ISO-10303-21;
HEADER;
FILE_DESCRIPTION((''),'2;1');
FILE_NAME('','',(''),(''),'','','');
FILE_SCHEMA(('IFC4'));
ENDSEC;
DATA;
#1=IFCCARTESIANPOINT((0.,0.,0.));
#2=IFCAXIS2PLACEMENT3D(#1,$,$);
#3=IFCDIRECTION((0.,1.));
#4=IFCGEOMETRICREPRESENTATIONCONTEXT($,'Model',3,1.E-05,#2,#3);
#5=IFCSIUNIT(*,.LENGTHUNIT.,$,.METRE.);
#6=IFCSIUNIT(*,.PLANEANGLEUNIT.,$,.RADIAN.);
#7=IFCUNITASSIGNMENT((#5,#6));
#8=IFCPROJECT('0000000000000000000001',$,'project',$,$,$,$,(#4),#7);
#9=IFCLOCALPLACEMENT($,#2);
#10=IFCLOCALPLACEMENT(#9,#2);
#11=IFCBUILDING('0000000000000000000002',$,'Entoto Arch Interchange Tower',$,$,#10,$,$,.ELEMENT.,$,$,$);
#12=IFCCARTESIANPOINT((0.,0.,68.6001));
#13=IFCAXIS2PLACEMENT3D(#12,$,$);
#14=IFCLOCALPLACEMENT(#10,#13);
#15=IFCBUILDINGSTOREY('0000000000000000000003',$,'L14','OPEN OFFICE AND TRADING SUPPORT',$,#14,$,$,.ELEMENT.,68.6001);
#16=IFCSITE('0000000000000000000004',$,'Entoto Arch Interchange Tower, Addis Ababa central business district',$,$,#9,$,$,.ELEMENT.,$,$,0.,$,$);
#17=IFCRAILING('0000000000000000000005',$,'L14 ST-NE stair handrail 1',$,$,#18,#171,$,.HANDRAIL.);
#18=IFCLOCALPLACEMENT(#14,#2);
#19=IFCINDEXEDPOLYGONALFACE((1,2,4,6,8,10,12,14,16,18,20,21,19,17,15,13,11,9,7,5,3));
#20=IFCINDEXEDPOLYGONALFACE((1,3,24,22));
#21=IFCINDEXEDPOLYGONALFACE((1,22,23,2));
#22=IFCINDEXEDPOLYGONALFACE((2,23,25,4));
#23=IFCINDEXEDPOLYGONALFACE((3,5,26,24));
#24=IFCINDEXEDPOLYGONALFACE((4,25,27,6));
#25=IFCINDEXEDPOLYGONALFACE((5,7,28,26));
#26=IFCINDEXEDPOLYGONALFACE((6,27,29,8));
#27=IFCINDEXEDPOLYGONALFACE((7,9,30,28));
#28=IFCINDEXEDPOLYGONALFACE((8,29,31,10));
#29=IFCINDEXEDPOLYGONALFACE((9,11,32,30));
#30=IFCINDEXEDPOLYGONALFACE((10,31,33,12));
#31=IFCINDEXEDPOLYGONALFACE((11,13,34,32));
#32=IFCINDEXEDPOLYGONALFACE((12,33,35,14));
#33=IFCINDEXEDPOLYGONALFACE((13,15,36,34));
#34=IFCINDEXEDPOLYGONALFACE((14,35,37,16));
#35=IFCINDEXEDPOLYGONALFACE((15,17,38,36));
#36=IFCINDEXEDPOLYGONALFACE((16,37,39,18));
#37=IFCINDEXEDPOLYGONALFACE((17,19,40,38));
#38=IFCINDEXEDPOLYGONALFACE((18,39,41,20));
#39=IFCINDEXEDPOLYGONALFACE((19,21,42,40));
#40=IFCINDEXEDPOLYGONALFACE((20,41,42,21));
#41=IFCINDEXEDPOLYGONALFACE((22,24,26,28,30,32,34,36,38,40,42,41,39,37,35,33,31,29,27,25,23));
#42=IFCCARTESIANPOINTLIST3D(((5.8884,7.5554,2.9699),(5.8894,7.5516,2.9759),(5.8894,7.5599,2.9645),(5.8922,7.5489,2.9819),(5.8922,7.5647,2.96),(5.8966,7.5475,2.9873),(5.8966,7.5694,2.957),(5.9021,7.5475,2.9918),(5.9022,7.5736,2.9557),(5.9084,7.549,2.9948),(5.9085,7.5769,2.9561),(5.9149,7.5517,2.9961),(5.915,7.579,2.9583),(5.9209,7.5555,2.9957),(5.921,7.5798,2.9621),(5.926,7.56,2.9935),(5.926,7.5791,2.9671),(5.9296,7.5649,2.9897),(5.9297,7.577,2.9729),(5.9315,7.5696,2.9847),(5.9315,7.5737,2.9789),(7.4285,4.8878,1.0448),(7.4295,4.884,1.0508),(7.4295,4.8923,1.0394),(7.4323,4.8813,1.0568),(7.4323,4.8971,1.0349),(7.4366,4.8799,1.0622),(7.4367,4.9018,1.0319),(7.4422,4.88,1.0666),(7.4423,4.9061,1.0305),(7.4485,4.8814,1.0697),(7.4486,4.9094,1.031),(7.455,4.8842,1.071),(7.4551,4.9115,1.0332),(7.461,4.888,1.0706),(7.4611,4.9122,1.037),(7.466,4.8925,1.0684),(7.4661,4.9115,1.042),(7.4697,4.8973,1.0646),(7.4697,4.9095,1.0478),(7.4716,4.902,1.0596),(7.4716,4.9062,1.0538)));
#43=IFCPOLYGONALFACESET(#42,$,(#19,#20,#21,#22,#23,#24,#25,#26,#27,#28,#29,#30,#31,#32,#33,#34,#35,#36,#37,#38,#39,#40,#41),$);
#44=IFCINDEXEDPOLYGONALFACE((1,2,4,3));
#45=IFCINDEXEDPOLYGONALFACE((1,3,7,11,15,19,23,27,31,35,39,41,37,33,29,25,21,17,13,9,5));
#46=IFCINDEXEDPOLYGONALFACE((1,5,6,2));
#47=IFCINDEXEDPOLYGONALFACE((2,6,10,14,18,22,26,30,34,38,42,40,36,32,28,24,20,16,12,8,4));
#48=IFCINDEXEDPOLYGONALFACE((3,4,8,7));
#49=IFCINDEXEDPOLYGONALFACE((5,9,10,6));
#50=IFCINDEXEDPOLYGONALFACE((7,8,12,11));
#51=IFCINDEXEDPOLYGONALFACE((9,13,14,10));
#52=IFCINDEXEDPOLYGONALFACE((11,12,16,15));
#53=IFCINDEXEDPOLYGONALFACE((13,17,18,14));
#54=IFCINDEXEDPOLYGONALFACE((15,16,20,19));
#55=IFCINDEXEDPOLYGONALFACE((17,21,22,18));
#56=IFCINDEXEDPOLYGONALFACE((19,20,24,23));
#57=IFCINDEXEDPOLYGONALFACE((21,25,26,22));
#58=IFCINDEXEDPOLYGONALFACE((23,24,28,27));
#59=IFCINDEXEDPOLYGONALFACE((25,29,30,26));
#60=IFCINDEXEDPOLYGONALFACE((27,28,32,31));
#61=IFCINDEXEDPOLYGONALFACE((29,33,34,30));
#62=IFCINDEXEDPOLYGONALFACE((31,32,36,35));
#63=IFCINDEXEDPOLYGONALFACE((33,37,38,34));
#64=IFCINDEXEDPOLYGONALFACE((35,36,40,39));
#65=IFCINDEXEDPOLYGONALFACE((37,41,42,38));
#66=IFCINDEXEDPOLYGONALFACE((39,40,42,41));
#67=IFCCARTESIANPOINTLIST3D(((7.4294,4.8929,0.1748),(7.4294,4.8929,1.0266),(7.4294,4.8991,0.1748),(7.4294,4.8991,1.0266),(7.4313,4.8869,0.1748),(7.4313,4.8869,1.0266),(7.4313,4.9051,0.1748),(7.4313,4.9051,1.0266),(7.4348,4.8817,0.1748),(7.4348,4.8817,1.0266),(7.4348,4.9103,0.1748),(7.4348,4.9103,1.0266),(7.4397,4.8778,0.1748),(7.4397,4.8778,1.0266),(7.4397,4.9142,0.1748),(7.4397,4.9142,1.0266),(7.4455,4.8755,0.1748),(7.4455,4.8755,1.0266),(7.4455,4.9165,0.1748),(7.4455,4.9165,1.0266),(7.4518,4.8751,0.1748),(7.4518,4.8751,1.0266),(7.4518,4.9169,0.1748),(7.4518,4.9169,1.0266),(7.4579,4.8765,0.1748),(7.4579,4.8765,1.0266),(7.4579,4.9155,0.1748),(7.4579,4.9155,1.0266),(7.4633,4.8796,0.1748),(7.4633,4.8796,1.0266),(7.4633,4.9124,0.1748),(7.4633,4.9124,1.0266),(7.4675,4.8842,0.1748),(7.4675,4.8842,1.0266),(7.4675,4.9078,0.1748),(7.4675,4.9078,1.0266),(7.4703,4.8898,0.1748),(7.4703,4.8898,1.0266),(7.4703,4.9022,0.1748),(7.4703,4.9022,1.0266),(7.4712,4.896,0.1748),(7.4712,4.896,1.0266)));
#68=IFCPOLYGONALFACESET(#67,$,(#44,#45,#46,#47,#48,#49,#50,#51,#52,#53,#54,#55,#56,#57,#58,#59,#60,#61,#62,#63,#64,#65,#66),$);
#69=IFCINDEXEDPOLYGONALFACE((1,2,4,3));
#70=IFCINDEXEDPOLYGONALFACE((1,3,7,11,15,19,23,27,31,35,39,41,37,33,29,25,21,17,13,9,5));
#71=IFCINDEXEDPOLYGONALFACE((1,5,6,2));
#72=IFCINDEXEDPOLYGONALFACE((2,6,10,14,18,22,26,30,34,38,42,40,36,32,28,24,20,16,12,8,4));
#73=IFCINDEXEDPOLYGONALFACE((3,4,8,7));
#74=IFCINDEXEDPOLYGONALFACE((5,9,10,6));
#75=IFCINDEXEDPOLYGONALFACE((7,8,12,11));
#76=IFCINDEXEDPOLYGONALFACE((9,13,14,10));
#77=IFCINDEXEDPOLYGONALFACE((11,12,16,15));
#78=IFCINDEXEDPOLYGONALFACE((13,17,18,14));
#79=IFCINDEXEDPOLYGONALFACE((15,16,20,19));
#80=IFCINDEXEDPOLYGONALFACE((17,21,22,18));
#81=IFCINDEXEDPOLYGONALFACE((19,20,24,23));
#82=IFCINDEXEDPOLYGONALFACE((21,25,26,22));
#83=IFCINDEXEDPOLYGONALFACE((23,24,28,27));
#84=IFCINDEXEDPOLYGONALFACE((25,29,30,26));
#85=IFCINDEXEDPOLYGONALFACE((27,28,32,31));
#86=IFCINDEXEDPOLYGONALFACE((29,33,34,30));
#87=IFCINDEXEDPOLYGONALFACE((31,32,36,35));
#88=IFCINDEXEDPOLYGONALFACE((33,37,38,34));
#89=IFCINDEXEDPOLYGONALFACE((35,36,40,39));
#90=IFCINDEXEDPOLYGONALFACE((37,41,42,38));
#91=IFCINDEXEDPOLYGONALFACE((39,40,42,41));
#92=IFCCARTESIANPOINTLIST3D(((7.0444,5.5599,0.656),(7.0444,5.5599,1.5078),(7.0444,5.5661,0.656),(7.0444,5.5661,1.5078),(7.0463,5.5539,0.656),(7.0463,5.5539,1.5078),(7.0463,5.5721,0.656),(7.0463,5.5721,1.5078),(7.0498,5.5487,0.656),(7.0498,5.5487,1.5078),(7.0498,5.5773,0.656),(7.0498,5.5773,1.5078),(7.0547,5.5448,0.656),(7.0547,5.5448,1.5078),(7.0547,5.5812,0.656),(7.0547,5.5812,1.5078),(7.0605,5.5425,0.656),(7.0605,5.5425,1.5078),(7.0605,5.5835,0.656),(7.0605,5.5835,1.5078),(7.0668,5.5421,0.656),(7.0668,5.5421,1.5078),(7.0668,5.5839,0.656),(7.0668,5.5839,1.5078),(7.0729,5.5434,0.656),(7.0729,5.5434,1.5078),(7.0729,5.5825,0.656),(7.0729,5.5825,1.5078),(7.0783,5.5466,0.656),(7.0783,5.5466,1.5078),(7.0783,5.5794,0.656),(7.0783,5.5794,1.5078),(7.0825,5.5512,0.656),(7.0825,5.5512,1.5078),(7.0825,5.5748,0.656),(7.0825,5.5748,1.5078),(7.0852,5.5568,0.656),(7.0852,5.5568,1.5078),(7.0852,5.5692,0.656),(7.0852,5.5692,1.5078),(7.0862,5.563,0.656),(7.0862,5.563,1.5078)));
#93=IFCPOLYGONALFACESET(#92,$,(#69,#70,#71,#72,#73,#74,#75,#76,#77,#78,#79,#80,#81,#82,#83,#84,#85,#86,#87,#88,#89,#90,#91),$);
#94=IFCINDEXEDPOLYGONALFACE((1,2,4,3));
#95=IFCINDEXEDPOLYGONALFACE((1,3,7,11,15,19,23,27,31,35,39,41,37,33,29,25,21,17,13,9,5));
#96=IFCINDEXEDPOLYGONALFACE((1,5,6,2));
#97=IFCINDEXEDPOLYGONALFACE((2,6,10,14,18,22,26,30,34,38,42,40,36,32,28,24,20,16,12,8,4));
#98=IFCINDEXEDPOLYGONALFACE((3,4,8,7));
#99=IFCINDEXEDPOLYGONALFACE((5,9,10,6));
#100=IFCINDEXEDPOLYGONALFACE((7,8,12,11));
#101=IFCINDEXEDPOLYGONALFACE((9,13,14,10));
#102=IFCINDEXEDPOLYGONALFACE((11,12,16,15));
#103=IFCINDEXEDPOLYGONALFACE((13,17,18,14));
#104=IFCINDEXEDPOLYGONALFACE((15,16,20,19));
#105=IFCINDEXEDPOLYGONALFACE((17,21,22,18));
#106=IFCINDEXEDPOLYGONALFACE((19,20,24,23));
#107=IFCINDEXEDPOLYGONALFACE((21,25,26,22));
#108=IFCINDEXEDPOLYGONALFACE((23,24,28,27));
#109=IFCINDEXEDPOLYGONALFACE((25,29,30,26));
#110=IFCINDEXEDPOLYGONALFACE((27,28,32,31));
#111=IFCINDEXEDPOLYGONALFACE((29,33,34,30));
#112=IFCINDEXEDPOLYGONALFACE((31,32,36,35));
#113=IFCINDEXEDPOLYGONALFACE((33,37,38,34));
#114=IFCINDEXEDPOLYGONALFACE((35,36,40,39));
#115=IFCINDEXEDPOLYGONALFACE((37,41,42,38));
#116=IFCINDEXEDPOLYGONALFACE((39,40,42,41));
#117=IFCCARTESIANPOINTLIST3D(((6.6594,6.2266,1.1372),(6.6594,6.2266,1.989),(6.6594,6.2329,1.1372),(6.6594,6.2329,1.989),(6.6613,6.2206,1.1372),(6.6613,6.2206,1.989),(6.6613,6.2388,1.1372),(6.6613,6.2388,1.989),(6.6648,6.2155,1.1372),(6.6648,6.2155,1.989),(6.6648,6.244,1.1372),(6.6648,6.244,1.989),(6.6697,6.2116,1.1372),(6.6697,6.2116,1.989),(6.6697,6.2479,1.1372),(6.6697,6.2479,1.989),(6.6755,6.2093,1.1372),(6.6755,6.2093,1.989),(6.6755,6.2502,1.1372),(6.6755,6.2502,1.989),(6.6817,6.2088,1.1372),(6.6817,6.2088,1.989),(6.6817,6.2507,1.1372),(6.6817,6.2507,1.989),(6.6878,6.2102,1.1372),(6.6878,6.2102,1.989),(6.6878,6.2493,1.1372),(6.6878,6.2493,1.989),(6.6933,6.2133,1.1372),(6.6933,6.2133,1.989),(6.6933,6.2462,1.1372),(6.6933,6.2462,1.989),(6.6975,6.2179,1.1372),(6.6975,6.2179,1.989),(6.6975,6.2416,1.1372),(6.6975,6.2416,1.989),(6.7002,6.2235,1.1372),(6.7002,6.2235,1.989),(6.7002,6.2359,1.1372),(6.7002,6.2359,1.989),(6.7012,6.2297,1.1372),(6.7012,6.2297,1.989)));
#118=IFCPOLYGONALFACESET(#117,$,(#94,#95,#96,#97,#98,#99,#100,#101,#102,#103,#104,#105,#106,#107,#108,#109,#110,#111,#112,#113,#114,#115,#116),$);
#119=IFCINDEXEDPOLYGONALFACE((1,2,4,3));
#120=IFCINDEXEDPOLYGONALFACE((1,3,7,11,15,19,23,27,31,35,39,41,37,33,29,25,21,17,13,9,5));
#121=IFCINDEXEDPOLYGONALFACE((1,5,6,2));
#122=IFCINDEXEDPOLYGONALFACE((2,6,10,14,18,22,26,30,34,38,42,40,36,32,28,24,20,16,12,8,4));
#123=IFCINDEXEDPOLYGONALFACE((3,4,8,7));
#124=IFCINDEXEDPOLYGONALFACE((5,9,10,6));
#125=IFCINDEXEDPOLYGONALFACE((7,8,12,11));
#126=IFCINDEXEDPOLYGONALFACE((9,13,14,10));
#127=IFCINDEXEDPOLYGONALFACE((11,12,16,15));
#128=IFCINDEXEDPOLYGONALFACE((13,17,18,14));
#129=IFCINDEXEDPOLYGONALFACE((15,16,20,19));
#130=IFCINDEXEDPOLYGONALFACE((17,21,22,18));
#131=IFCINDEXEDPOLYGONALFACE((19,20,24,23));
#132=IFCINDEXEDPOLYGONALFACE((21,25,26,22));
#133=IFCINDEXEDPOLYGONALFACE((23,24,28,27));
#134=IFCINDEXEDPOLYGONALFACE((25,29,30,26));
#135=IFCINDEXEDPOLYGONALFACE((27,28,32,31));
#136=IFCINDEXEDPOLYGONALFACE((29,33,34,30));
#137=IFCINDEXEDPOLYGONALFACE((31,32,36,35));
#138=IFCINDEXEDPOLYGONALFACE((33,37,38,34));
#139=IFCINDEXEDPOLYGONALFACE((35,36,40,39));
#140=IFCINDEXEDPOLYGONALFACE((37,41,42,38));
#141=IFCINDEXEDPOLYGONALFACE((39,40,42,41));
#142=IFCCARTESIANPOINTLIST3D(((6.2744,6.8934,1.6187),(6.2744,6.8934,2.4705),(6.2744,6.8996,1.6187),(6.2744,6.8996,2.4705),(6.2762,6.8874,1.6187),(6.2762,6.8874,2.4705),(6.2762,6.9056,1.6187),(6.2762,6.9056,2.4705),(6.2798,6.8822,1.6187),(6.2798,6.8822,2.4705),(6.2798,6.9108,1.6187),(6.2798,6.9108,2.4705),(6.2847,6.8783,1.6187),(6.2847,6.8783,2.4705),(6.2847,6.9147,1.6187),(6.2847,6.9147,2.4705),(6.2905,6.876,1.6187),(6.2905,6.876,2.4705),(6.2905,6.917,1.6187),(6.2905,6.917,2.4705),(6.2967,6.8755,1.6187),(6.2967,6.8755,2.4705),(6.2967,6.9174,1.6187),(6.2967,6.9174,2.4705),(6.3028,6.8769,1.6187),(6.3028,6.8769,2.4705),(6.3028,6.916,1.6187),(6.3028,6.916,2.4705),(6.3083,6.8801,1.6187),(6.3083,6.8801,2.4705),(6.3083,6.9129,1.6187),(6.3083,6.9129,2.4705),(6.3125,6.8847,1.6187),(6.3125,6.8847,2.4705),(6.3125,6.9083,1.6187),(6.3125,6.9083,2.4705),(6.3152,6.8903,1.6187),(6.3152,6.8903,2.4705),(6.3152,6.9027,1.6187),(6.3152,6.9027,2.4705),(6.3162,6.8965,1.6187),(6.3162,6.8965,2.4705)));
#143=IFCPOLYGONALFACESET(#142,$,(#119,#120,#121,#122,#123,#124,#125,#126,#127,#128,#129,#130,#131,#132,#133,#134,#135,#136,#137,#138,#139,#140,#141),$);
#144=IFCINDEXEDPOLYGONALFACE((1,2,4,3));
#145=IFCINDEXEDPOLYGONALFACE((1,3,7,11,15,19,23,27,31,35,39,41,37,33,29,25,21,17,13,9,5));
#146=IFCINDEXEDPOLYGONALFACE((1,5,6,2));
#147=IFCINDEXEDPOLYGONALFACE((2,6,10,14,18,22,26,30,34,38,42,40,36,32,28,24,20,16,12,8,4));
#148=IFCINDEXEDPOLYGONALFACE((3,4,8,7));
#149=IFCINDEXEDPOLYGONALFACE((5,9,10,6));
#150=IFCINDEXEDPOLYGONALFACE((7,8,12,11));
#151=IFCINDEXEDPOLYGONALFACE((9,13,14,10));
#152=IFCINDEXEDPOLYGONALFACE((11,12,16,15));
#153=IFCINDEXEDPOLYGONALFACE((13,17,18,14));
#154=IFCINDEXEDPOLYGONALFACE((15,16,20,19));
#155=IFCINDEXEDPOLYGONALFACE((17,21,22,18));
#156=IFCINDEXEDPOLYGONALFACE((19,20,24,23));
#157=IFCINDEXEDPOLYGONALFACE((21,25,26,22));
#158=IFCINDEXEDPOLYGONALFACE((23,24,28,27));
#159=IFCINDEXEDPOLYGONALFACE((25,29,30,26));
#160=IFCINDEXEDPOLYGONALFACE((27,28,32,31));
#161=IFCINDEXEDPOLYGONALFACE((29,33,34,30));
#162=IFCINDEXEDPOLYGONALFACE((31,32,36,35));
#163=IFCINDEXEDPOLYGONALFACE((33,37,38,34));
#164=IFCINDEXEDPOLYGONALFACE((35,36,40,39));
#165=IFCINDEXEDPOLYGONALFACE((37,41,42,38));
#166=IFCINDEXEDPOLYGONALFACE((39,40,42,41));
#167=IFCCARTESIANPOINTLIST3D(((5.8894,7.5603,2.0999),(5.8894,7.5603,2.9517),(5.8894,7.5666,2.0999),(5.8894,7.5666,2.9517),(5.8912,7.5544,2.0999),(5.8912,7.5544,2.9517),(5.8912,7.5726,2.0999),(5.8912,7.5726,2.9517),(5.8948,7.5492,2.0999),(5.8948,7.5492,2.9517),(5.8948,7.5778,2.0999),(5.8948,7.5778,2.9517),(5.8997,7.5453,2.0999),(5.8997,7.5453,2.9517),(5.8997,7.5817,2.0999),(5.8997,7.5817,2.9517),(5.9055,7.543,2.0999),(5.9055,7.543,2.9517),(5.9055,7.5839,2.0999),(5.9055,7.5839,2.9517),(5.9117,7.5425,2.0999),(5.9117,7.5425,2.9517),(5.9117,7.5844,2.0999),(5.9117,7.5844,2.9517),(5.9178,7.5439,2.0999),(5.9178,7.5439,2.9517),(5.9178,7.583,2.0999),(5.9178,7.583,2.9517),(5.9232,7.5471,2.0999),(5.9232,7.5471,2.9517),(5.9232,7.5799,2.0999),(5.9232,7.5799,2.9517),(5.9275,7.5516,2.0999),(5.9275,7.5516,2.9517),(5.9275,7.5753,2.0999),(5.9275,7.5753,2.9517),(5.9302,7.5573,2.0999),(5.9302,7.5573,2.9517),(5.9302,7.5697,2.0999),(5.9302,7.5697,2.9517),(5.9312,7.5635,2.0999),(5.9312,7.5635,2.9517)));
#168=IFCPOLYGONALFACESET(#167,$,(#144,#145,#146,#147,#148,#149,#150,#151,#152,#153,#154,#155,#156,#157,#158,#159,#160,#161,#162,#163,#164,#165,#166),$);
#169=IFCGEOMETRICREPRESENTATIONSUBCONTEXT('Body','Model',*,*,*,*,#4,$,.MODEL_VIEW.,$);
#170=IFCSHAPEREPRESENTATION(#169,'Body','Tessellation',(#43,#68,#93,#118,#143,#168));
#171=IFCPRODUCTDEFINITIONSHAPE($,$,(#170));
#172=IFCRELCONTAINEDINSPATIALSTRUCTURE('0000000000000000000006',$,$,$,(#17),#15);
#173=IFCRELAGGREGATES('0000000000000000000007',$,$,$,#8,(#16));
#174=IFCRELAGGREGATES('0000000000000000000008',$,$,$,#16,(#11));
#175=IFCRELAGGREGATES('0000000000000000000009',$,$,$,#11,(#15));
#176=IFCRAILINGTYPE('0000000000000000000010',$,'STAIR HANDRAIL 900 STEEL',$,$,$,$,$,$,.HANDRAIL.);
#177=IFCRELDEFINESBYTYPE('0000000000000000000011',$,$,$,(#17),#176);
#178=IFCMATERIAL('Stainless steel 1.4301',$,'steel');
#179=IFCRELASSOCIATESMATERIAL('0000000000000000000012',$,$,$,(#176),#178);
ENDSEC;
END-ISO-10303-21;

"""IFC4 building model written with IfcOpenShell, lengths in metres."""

from ifc_helpers import new_model, si_unit, direction, frame, origin, origin_2d, place, context, subcontext, project, spatial, circle, extrude, material, type_object, element, save


model = new_model("IFC4")

# Units and contexts
model_context = context("Model", 3, precision=1e-05, world=origin(), true_north=direction((0.0, 1.0)))
body_context = subcontext(model_context, "Body", "Model", "MODEL_VIEW")
ifc_project = project(units=[si_unit("LENGTHUNIT", "METRE"), si_unit("PLANEANGLEUNIT", "RADIAN")], contexts=[model_context])

# Site, building, storey
site_placement = place(None, origin())
site = spatial("IfcSite", under=ifc_project, at=site_placement, Name="Entoto Arch Interchange Tower, Addis Ababa central business district", CompositionType="ELEMENT", RefElevation=0.0)
building_placement = place(site_placement, origin())
building = spatial("IfcBuilding", under=site, at=building_placement, Name="Entoto Arch Interchange Tower", CompositionType="ELEMENT")
storey_placement = place(building_placement, frame((0.0, 0.0, 68.6001)))
storey = spatial("IfcBuildingStorey", under=building, at=storey_placement, Name="L14", Description="OPEN OFFICE AND TRADING SUPPORT", CompositionType="ELEMENT", Elevation=68.6001)

# Railing
ifc_material_1 = material(Name="Stainless steel 1.4301", Category="steel")
railing_type_1 = type_object("IfcRailingType", Name="STAIR HANDRAIL 900 STEEL", PredefinedType="HANDRAIL", material=ifc_material_1)
railing_1_placement = place(storey_placement, frame((7.4502, 4.896, 0.1748)))
element("IfcRailing", 1, at=railing_1_placement, inside=storey, type_object=railing_type_1, Name="L14 ST-NE stair handrail 1", PredefinedType="HANDRAIL", context=body_context, shape_type="SweptSolid", body=[
    extrude(circle(Radius=0.0239, at=origin_2d()), frame((0.0, 0.0, 0.876), z_axis=(-0.423994, 0.734395, 0.529993), x_axis=(-0.86603, -0.499992, 0.0)), (0.0, 0.0, 1.0), 3.6323),
    extrude(circle(Radius=0.021, at=origin_2d()), origin(), (0.0, 0.0, 1.0), 0.8518),
    extrude(circle(Radius=0.021, at=origin_2d()), frame((-0.385, 0.667, 0.4812)), (0.0, 0.0, 1.0), 0.8518),
    extrude(circle(Radius=0.021, at=origin_2d()), frame((-0.77, 1.3337, 0.9624)), (0.0, 0.0, 1.0), 0.8518),
    extrude(circle(Radius=0.021, at=origin_2d()), frame((-1.155, 2.0005, 1.4438)), (0.0, 0.0, 1.0), 0.8518),
    extrude(circle(Radius=0.021, at=origin_2d()), frame((-1.54, 2.6675, 1.925)), (0.0, 0.0, 1.0), 0.8518),
])

save(model, "model.ifc")
